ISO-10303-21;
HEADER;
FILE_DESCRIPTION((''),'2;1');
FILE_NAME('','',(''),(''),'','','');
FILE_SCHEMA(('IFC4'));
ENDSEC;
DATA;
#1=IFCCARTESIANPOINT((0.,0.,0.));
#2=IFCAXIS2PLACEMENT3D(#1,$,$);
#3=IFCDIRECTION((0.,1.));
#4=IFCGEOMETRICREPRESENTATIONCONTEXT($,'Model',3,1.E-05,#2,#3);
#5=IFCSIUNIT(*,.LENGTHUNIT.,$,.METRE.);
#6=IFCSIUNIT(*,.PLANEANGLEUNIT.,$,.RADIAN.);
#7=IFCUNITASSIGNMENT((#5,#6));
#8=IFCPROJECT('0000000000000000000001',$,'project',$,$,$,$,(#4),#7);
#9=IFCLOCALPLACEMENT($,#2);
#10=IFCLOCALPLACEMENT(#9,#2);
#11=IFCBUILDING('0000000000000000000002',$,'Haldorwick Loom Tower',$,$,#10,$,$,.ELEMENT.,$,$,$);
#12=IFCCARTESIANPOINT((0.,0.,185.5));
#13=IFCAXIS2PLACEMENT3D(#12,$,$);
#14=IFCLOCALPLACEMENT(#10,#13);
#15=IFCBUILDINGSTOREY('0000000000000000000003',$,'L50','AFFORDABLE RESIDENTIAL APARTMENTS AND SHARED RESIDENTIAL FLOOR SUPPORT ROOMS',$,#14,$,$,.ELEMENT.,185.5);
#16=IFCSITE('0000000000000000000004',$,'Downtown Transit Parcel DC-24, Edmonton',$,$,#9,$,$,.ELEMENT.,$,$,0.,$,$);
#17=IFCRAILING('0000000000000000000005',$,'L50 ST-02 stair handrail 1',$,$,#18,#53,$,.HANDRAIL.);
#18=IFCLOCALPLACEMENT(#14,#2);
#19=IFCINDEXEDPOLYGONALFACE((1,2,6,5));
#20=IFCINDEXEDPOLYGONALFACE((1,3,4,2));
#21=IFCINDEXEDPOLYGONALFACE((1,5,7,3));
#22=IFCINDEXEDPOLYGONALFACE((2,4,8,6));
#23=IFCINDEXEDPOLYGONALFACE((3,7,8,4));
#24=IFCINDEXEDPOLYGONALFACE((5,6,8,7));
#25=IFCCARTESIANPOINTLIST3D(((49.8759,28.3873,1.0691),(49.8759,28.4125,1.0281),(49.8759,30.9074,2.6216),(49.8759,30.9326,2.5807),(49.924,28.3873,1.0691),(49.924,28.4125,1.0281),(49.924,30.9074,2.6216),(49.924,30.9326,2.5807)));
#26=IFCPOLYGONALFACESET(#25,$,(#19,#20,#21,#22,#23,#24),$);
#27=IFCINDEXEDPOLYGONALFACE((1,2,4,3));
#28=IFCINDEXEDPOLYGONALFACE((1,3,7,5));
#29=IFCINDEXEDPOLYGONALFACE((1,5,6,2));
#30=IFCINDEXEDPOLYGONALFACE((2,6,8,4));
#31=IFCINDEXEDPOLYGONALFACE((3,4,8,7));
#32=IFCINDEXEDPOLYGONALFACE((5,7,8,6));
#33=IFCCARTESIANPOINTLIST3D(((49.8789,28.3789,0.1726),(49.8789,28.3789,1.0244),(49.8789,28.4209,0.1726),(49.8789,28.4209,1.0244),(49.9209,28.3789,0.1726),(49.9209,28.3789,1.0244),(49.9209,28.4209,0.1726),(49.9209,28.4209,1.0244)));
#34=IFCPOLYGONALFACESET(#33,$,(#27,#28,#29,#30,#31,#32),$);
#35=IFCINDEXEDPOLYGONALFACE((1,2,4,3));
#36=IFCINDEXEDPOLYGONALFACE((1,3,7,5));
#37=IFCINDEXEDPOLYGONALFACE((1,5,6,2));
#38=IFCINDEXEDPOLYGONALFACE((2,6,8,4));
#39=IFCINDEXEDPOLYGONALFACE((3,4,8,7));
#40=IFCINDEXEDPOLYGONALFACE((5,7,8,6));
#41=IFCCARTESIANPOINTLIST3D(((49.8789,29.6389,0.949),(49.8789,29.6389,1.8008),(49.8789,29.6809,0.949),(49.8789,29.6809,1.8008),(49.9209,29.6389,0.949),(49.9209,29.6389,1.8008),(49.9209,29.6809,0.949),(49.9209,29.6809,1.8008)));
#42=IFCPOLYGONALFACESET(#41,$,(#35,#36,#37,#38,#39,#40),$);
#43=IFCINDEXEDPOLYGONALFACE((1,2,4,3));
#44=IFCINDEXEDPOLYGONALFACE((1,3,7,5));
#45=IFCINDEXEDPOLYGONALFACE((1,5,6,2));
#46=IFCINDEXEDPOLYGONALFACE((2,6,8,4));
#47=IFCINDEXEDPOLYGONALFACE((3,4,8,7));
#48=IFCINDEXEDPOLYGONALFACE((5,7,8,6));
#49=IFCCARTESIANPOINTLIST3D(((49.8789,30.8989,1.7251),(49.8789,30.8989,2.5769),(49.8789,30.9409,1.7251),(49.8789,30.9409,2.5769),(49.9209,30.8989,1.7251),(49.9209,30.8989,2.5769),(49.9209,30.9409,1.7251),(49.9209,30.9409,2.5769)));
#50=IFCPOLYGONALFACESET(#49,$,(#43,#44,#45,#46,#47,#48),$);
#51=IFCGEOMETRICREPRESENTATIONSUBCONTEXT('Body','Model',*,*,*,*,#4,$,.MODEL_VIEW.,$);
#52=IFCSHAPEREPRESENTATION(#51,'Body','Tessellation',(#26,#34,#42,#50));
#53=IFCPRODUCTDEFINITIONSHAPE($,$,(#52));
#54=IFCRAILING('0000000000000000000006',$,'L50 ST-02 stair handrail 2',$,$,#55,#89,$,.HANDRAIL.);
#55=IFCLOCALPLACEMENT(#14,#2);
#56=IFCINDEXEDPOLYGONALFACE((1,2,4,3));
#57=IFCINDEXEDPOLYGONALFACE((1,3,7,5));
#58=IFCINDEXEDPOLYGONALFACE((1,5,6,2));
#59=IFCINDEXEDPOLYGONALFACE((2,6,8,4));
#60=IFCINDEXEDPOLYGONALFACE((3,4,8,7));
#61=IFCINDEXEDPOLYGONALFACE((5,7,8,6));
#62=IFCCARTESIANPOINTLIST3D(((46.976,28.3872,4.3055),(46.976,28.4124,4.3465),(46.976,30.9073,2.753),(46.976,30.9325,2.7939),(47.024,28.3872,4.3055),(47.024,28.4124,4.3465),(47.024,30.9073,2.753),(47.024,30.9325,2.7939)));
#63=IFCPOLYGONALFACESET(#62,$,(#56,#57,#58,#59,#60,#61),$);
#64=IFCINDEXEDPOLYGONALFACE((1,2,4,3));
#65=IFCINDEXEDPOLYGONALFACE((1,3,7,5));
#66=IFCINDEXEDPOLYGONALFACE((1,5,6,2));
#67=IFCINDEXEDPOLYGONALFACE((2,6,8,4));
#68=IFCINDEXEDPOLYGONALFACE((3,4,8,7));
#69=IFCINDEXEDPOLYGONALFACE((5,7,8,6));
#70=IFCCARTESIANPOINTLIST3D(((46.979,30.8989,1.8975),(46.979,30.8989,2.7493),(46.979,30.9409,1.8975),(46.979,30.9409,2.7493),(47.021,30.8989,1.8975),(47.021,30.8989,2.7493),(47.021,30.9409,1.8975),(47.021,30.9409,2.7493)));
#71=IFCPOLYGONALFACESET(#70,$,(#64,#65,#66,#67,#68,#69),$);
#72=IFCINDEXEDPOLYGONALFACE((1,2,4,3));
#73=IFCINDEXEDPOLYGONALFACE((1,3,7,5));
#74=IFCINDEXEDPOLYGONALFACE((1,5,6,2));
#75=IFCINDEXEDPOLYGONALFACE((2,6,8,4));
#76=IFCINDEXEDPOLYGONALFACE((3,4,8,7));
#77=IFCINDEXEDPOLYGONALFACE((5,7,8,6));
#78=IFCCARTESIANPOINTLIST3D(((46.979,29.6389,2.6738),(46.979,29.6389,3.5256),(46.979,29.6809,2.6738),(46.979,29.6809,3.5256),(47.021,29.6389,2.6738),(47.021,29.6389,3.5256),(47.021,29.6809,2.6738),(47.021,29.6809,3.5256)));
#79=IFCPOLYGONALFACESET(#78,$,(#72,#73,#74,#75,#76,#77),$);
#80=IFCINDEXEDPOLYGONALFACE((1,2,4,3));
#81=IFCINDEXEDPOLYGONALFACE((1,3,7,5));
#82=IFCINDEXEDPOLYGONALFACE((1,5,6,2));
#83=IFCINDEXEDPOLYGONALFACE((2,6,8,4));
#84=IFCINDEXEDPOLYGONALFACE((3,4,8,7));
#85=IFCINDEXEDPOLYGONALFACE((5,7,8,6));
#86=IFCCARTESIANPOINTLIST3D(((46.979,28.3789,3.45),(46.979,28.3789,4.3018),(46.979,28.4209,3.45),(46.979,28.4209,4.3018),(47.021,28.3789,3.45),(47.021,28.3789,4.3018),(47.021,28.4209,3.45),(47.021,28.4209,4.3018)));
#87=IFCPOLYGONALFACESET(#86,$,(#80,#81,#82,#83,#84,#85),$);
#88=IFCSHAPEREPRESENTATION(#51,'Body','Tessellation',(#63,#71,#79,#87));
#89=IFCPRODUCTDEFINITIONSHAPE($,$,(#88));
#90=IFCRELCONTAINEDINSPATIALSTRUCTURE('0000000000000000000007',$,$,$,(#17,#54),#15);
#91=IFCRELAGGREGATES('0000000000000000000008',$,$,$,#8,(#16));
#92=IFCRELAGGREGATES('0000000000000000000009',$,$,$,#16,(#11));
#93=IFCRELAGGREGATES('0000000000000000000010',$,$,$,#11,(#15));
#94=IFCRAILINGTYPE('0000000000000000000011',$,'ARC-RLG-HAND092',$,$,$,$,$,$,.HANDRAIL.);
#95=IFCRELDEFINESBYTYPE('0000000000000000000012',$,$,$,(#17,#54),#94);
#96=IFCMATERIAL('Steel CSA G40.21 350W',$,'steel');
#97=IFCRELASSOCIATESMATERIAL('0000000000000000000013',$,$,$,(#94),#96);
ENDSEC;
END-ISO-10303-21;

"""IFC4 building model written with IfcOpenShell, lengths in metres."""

from ifc_helpers import new_model, si_unit, direction, frame, origin, origin_2d, place, context, subcontext, project, spatial, rectangle, extrude, material, type_object, element, save


model = new_model("IFC4")

# Units and contexts
model_context = context("Model", 3, precision=1e-05, world=origin(), true_north=direction((0.0, 1.0)))
body_context = subcontext(model_context, "Body", "Model", "MODEL_VIEW")
ifc_project = project(units=[si_unit("LENGTHUNIT", "METRE"), si_unit("PLANEANGLEUNIT", "RADIAN")], contexts=[model_context])

# Site, building, storey
site_placement = place(None, origin())
site = spatial("IfcSite", under=ifc_project, at=site_placement, Name="Downtown Transit Parcel DC-24, Edmonton", CompositionType="ELEMENT", RefElevation=0.0)
building_placement = place(site_placement, origin())
building = spatial("IfcBuilding", under=site, at=building_placement, Name="Haldorwick Loom Tower", CompositionType="ELEMENT")
storey_placement = place(building_placement, frame((0.0, 0.0, 185.5)))
storey = spatial("IfcBuildingStorey", under=building, at=storey_placement, Name="L50", Description="AFFORDABLE RESIDENTIAL APARTMENTS AND SHARED RESIDENTIAL FLOOR SUPPORT ROOMS", CompositionType="ELEMENT", Elevation=185.5)

# Shared definitions
ifc_material_1 = material(Name="Steel CSA G40.21 350W", Category="steel")

# Railings
railing_type_1 = type_object("IfcRailingType", Name="ARC-RLG-HAND092", PredefinedType="HANDRAIL", material=ifc_material_1)
railing_1_placement = place(storey_placement, frame((49.8999, 28.3999, 0.1726)))
element("IfcRailing", 1, at=railing_1_placement, inside=storey, type_object=railing_type_1, Name="L50 ST-02 stair handrail 1", PredefinedType="HANDRAIL", context=body_context, shape_type="SweptSolid", body=[
    extrude(rectangle(XDim=0.0481, YDim=0.0481, at=origin_2d()), frame((0.0, 0.0, 0.876), z_axis=(0.0, 0.8514, 0.524516), x_axis=(-1.0, 0.0, 0.0)), (0.0, 0.0, 1.0), 2.96),
    extrude(rectangle(XDim=0.042, YDim=0.042, at=origin_2d()), origin(), (0.0, 0.0, 1.0), 0.8518),
    extrude(rectangle(XDim=0.042, YDim=0.042, at=origin_2d()), frame((0.0, 1.26, 0.7764)), (0.0, 0.0, 1.0), 0.8518),
    extrude(rectangle(XDim=0.042, YDim=0.042, at=origin_2d()), frame((0.0, 2.52, 1.5525)), (0.0, 0.0, 1.0), 0.8518),
])
railing_2_placement = place(storey_placement, frame((47.0, 30.9199, 1.8975)))
element("IfcRailing", 2, at=railing_2_placement, inside=storey, type_object=railing_type_1, Name="L50 ST-02 stair handrail 2", PredefinedType="HANDRAIL", context=body_context, shape_type="SweptSolid", body=[
    extrude(rectangle(XDim=0.0481, YDim=0.0481, at=origin_2d()), frame((0.0, 0.0, 0.876), z_axis=(0.0, -0.8514, 0.524516), x_axis=(1.0, 0.0, 0.0)), (0.0, 0.0, 1.0), 2.96),
    extrude(rectangle(XDim=0.042, YDim=0.042, at=origin_2d()), origin(), (0.0, 0.0, 1.0), 0.8518),
    extrude(rectangle(XDim=0.042, YDim=0.042, at=origin_2d()), frame((0.0, -1.26, 0.7764)), (0.0, 0.0, 1.0), 0.8518),
    extrude(rectangle(XDim=0.042, YDim=0.042, at=origin_2d()), frame((0.0, -2.52, 1.5525)), (0.0, 0.0, 1.0), 0.8518),
])

save(model, "model.ifc")
